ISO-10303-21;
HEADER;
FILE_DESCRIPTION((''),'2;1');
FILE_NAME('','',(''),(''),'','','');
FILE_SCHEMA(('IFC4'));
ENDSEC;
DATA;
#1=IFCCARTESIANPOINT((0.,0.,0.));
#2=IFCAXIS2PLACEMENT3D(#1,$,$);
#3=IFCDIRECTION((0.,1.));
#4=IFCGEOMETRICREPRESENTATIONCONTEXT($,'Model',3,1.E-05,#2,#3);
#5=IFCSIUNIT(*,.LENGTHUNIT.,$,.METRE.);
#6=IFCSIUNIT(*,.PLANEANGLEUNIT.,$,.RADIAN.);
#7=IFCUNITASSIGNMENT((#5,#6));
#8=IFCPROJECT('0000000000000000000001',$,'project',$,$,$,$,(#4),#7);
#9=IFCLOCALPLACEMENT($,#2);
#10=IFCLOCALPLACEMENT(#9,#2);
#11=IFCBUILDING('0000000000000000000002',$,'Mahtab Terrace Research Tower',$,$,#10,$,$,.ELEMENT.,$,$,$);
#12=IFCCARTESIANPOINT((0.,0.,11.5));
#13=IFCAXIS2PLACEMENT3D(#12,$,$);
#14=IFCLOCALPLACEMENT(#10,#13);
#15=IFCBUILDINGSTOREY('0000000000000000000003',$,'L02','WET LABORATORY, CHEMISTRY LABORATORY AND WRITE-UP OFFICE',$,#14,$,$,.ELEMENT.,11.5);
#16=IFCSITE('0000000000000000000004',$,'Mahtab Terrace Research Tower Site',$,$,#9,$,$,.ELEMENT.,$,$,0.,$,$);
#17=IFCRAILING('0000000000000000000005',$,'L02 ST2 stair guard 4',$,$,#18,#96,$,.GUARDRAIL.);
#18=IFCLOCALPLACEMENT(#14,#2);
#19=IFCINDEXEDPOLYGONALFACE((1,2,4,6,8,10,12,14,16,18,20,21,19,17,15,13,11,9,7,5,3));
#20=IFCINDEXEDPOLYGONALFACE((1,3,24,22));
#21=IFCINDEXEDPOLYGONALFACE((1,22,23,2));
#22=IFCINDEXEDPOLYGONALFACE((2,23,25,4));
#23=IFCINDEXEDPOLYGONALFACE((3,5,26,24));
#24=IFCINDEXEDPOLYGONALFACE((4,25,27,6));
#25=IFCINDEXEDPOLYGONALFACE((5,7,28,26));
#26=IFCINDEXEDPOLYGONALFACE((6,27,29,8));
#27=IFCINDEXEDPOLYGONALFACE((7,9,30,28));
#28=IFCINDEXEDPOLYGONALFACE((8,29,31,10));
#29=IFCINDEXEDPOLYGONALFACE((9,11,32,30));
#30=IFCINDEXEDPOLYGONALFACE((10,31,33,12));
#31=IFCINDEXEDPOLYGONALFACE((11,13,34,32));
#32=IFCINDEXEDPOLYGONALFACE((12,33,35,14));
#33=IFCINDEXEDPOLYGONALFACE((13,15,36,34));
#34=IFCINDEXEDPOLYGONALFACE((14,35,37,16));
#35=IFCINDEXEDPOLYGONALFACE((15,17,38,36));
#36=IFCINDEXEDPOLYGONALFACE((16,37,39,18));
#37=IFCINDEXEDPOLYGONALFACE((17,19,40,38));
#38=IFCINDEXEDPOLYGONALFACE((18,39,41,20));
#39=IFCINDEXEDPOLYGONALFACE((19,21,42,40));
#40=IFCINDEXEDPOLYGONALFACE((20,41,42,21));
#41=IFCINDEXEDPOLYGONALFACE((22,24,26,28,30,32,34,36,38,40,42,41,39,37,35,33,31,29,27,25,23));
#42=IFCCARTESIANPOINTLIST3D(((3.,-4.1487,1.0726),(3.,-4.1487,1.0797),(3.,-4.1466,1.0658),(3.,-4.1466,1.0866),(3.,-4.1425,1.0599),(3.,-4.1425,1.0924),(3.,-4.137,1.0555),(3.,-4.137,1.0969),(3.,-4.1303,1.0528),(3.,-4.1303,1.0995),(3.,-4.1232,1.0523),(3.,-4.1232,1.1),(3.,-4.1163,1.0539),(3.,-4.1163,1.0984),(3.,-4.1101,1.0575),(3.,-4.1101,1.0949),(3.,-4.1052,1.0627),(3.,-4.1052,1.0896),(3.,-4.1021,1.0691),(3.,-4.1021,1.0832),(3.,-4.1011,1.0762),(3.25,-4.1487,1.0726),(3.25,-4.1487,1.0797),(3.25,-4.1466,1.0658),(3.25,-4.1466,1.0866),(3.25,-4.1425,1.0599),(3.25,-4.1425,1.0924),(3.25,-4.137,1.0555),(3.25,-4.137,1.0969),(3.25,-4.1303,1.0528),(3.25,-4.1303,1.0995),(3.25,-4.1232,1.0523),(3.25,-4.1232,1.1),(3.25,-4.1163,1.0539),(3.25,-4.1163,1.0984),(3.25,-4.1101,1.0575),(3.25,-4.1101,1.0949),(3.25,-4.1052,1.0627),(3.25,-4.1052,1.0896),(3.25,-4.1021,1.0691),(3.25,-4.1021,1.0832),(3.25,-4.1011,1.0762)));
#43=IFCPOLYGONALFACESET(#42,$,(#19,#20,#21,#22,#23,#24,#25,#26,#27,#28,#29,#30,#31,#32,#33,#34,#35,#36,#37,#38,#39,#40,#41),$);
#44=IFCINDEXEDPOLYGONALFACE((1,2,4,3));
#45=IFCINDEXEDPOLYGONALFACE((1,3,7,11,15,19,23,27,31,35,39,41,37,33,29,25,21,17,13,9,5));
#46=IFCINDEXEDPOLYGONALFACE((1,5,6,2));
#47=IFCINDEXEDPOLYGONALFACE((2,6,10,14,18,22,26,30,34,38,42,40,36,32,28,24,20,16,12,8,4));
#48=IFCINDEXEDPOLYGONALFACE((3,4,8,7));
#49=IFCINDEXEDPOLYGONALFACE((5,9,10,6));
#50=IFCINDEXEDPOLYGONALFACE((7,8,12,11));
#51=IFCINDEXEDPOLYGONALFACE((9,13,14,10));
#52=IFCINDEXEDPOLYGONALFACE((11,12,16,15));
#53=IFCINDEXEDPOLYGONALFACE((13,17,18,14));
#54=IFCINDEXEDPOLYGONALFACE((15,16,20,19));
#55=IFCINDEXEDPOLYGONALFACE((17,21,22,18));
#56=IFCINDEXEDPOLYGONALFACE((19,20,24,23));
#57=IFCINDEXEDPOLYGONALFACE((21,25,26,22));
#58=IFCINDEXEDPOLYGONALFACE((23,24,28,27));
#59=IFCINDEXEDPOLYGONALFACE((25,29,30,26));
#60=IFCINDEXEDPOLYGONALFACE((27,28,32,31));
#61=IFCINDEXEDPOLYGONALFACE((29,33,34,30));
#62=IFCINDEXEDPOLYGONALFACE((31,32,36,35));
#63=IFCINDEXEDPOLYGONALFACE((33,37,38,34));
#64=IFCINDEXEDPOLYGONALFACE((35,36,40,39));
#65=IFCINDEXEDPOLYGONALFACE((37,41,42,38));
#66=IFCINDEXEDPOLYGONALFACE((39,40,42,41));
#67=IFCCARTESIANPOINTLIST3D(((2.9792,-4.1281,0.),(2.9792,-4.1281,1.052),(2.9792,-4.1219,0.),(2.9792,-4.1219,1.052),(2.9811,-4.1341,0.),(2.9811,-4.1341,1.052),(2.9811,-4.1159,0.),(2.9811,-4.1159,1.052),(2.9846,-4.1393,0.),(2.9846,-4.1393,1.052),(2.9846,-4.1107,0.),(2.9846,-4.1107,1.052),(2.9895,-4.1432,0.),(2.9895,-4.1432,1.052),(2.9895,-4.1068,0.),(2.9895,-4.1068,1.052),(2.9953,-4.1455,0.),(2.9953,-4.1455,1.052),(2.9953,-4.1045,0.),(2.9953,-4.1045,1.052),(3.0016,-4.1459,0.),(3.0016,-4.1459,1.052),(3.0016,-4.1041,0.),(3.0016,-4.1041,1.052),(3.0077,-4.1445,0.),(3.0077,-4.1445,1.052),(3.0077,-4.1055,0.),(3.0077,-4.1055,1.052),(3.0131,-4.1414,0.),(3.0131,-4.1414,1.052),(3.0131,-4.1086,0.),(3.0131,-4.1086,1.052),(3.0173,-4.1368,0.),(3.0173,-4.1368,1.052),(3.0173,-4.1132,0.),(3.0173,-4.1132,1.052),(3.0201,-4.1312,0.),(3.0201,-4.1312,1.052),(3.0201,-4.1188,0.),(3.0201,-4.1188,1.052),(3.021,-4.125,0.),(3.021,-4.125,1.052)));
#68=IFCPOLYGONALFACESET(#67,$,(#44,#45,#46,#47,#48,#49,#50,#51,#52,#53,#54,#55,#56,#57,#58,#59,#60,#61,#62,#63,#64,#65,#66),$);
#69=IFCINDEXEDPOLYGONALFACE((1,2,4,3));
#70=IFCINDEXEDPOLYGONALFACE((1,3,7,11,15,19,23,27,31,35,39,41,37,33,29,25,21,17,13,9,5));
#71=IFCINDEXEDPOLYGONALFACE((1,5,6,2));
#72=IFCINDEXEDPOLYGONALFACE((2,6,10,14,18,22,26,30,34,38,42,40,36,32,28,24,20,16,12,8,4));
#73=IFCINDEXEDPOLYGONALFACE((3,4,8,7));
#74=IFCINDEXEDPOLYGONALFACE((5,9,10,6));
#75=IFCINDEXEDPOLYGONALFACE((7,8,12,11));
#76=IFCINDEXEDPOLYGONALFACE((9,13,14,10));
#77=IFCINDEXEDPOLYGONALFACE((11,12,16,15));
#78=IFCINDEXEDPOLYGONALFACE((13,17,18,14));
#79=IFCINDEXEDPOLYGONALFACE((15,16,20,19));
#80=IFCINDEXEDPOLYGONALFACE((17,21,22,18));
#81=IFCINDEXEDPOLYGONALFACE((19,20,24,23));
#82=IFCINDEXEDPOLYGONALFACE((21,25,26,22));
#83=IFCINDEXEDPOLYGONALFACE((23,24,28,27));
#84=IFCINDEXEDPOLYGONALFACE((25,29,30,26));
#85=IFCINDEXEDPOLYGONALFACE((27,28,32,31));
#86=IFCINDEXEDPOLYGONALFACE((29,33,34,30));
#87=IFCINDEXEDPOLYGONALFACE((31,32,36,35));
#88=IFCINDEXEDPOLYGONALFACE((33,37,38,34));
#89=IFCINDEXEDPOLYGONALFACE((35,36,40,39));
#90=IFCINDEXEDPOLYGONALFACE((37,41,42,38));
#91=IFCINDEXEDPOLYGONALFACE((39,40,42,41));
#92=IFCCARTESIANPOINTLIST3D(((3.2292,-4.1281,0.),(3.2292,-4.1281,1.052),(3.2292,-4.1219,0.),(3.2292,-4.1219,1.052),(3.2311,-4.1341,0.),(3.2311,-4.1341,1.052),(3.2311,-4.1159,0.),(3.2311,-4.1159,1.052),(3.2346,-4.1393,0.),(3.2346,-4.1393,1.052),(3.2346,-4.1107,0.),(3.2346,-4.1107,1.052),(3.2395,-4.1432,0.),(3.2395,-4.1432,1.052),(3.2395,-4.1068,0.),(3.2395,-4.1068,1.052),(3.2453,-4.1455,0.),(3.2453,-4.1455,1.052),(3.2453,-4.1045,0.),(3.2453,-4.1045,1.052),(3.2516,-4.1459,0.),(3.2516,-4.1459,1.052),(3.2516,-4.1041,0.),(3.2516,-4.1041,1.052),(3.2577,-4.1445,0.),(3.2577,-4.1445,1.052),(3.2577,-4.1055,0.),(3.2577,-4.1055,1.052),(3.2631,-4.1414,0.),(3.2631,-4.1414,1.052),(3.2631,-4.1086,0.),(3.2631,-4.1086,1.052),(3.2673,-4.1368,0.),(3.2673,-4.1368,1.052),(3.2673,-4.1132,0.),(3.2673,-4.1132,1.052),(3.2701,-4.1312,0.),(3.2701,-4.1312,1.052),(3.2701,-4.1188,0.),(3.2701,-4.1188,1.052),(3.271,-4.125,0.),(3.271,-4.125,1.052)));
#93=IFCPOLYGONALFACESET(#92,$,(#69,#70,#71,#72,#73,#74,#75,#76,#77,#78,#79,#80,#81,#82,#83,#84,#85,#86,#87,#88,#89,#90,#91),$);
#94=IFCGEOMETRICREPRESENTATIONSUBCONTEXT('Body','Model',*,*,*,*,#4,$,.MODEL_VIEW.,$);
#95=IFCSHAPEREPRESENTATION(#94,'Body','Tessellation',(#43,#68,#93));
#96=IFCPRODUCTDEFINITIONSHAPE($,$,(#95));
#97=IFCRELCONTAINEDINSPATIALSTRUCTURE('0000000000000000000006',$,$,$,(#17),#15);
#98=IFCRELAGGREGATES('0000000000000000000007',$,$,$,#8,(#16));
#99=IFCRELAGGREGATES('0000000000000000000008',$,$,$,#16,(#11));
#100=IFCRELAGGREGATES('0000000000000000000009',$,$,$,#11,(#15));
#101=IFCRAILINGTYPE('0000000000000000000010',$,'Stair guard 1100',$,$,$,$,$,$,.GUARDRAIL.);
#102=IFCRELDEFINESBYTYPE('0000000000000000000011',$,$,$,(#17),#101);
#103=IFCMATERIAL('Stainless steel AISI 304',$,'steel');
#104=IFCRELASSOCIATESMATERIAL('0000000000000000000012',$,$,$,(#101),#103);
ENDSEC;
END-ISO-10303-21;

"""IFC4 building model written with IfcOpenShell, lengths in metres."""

from ifc_helpers import new_model, si_unit, direction, frame, origin, origin_2d, place, context, subcontext, project, spatial, circle, extrude, material, type_object, element, save


model = new_model("IFC4")

# Units and contexts
model_context = context("Model", 3, precision=1e-05, world=origin(), true_north=direction((0.0, 1.0)))
body_context = subcontext(model_context, "Body", "Model", "MODEL_VIEW")
ifc_project = project(units=[si_unit("LENGTHUNIT", "METRE"), si_unit("PLANEANGLEUNIT", "RADIAN")], contexts=[model_context])

# Site, building, storey
site_placement = place(None, origin())
site = spatial("IfcSite", under=ifc_project, at=site_placement, Name="Mahtab Terrace Research Tower Site", CompositionType="ELEMENT", RefElevation=0.0)
building_placement = place(site_placement, origin())
building = spatial("IfcBuilding", under=site, at=building_placement, Name="Mahtab Terrace Research Tower", CompositionType="ELEMENT")
storey_placement = place(building_placement, frame((0.0, 0.0, 11.5)))
storey = spatial("IfcBuildingStorey", under=building, at=storey_placement, Name="L02", Description="WET LABORATORY, CHEMISTRY LABORATORY AND WRITE-UP OFFICE", CompositionType="ELEMENT", Elevation=11.5)

# Railing
ifc_material_1 = material(Name="Stainless steel AISI 304", Category="steel")
railing_type_1 = type_object("IfcRailingType", Name="Stair guard 1100", PredefinedType="GUARDRAIL", material=ifc_material_1)
railing_1_placement = place(storey_placement, frame((3.0, -4.125, 0.0)))
element("IfcRailing", 1, at=railing_1_placement, inside=storey, type_object=railing_type_1, Name="L02 ST2 stair guard 4", PredefinedType="GUARDRAIL", context=body_context, shape_type="SweptSolid", body=[
    extrude(circle(Radius=0.0239, at=origin_2d()), frame((0.0, 0.0, 1.0762), z_axis=(1.0, 0.0, 0.0), x_axis=(0.0, 1.0, 0.0)), (0.0, 0.0, 1.0), 0.25),
    extrude(circle(Radius=0.021, at=origin_2d()), origin(), (0.0, 0.0, 1.0), 1.052),
    extrude(circle(Radius=0.021, at=origin_2d()), frame((0.25, 0.0, 0.0)), (0.0, 0.0, 1.0), 1.052),
])

save(model, "model.ifc")
